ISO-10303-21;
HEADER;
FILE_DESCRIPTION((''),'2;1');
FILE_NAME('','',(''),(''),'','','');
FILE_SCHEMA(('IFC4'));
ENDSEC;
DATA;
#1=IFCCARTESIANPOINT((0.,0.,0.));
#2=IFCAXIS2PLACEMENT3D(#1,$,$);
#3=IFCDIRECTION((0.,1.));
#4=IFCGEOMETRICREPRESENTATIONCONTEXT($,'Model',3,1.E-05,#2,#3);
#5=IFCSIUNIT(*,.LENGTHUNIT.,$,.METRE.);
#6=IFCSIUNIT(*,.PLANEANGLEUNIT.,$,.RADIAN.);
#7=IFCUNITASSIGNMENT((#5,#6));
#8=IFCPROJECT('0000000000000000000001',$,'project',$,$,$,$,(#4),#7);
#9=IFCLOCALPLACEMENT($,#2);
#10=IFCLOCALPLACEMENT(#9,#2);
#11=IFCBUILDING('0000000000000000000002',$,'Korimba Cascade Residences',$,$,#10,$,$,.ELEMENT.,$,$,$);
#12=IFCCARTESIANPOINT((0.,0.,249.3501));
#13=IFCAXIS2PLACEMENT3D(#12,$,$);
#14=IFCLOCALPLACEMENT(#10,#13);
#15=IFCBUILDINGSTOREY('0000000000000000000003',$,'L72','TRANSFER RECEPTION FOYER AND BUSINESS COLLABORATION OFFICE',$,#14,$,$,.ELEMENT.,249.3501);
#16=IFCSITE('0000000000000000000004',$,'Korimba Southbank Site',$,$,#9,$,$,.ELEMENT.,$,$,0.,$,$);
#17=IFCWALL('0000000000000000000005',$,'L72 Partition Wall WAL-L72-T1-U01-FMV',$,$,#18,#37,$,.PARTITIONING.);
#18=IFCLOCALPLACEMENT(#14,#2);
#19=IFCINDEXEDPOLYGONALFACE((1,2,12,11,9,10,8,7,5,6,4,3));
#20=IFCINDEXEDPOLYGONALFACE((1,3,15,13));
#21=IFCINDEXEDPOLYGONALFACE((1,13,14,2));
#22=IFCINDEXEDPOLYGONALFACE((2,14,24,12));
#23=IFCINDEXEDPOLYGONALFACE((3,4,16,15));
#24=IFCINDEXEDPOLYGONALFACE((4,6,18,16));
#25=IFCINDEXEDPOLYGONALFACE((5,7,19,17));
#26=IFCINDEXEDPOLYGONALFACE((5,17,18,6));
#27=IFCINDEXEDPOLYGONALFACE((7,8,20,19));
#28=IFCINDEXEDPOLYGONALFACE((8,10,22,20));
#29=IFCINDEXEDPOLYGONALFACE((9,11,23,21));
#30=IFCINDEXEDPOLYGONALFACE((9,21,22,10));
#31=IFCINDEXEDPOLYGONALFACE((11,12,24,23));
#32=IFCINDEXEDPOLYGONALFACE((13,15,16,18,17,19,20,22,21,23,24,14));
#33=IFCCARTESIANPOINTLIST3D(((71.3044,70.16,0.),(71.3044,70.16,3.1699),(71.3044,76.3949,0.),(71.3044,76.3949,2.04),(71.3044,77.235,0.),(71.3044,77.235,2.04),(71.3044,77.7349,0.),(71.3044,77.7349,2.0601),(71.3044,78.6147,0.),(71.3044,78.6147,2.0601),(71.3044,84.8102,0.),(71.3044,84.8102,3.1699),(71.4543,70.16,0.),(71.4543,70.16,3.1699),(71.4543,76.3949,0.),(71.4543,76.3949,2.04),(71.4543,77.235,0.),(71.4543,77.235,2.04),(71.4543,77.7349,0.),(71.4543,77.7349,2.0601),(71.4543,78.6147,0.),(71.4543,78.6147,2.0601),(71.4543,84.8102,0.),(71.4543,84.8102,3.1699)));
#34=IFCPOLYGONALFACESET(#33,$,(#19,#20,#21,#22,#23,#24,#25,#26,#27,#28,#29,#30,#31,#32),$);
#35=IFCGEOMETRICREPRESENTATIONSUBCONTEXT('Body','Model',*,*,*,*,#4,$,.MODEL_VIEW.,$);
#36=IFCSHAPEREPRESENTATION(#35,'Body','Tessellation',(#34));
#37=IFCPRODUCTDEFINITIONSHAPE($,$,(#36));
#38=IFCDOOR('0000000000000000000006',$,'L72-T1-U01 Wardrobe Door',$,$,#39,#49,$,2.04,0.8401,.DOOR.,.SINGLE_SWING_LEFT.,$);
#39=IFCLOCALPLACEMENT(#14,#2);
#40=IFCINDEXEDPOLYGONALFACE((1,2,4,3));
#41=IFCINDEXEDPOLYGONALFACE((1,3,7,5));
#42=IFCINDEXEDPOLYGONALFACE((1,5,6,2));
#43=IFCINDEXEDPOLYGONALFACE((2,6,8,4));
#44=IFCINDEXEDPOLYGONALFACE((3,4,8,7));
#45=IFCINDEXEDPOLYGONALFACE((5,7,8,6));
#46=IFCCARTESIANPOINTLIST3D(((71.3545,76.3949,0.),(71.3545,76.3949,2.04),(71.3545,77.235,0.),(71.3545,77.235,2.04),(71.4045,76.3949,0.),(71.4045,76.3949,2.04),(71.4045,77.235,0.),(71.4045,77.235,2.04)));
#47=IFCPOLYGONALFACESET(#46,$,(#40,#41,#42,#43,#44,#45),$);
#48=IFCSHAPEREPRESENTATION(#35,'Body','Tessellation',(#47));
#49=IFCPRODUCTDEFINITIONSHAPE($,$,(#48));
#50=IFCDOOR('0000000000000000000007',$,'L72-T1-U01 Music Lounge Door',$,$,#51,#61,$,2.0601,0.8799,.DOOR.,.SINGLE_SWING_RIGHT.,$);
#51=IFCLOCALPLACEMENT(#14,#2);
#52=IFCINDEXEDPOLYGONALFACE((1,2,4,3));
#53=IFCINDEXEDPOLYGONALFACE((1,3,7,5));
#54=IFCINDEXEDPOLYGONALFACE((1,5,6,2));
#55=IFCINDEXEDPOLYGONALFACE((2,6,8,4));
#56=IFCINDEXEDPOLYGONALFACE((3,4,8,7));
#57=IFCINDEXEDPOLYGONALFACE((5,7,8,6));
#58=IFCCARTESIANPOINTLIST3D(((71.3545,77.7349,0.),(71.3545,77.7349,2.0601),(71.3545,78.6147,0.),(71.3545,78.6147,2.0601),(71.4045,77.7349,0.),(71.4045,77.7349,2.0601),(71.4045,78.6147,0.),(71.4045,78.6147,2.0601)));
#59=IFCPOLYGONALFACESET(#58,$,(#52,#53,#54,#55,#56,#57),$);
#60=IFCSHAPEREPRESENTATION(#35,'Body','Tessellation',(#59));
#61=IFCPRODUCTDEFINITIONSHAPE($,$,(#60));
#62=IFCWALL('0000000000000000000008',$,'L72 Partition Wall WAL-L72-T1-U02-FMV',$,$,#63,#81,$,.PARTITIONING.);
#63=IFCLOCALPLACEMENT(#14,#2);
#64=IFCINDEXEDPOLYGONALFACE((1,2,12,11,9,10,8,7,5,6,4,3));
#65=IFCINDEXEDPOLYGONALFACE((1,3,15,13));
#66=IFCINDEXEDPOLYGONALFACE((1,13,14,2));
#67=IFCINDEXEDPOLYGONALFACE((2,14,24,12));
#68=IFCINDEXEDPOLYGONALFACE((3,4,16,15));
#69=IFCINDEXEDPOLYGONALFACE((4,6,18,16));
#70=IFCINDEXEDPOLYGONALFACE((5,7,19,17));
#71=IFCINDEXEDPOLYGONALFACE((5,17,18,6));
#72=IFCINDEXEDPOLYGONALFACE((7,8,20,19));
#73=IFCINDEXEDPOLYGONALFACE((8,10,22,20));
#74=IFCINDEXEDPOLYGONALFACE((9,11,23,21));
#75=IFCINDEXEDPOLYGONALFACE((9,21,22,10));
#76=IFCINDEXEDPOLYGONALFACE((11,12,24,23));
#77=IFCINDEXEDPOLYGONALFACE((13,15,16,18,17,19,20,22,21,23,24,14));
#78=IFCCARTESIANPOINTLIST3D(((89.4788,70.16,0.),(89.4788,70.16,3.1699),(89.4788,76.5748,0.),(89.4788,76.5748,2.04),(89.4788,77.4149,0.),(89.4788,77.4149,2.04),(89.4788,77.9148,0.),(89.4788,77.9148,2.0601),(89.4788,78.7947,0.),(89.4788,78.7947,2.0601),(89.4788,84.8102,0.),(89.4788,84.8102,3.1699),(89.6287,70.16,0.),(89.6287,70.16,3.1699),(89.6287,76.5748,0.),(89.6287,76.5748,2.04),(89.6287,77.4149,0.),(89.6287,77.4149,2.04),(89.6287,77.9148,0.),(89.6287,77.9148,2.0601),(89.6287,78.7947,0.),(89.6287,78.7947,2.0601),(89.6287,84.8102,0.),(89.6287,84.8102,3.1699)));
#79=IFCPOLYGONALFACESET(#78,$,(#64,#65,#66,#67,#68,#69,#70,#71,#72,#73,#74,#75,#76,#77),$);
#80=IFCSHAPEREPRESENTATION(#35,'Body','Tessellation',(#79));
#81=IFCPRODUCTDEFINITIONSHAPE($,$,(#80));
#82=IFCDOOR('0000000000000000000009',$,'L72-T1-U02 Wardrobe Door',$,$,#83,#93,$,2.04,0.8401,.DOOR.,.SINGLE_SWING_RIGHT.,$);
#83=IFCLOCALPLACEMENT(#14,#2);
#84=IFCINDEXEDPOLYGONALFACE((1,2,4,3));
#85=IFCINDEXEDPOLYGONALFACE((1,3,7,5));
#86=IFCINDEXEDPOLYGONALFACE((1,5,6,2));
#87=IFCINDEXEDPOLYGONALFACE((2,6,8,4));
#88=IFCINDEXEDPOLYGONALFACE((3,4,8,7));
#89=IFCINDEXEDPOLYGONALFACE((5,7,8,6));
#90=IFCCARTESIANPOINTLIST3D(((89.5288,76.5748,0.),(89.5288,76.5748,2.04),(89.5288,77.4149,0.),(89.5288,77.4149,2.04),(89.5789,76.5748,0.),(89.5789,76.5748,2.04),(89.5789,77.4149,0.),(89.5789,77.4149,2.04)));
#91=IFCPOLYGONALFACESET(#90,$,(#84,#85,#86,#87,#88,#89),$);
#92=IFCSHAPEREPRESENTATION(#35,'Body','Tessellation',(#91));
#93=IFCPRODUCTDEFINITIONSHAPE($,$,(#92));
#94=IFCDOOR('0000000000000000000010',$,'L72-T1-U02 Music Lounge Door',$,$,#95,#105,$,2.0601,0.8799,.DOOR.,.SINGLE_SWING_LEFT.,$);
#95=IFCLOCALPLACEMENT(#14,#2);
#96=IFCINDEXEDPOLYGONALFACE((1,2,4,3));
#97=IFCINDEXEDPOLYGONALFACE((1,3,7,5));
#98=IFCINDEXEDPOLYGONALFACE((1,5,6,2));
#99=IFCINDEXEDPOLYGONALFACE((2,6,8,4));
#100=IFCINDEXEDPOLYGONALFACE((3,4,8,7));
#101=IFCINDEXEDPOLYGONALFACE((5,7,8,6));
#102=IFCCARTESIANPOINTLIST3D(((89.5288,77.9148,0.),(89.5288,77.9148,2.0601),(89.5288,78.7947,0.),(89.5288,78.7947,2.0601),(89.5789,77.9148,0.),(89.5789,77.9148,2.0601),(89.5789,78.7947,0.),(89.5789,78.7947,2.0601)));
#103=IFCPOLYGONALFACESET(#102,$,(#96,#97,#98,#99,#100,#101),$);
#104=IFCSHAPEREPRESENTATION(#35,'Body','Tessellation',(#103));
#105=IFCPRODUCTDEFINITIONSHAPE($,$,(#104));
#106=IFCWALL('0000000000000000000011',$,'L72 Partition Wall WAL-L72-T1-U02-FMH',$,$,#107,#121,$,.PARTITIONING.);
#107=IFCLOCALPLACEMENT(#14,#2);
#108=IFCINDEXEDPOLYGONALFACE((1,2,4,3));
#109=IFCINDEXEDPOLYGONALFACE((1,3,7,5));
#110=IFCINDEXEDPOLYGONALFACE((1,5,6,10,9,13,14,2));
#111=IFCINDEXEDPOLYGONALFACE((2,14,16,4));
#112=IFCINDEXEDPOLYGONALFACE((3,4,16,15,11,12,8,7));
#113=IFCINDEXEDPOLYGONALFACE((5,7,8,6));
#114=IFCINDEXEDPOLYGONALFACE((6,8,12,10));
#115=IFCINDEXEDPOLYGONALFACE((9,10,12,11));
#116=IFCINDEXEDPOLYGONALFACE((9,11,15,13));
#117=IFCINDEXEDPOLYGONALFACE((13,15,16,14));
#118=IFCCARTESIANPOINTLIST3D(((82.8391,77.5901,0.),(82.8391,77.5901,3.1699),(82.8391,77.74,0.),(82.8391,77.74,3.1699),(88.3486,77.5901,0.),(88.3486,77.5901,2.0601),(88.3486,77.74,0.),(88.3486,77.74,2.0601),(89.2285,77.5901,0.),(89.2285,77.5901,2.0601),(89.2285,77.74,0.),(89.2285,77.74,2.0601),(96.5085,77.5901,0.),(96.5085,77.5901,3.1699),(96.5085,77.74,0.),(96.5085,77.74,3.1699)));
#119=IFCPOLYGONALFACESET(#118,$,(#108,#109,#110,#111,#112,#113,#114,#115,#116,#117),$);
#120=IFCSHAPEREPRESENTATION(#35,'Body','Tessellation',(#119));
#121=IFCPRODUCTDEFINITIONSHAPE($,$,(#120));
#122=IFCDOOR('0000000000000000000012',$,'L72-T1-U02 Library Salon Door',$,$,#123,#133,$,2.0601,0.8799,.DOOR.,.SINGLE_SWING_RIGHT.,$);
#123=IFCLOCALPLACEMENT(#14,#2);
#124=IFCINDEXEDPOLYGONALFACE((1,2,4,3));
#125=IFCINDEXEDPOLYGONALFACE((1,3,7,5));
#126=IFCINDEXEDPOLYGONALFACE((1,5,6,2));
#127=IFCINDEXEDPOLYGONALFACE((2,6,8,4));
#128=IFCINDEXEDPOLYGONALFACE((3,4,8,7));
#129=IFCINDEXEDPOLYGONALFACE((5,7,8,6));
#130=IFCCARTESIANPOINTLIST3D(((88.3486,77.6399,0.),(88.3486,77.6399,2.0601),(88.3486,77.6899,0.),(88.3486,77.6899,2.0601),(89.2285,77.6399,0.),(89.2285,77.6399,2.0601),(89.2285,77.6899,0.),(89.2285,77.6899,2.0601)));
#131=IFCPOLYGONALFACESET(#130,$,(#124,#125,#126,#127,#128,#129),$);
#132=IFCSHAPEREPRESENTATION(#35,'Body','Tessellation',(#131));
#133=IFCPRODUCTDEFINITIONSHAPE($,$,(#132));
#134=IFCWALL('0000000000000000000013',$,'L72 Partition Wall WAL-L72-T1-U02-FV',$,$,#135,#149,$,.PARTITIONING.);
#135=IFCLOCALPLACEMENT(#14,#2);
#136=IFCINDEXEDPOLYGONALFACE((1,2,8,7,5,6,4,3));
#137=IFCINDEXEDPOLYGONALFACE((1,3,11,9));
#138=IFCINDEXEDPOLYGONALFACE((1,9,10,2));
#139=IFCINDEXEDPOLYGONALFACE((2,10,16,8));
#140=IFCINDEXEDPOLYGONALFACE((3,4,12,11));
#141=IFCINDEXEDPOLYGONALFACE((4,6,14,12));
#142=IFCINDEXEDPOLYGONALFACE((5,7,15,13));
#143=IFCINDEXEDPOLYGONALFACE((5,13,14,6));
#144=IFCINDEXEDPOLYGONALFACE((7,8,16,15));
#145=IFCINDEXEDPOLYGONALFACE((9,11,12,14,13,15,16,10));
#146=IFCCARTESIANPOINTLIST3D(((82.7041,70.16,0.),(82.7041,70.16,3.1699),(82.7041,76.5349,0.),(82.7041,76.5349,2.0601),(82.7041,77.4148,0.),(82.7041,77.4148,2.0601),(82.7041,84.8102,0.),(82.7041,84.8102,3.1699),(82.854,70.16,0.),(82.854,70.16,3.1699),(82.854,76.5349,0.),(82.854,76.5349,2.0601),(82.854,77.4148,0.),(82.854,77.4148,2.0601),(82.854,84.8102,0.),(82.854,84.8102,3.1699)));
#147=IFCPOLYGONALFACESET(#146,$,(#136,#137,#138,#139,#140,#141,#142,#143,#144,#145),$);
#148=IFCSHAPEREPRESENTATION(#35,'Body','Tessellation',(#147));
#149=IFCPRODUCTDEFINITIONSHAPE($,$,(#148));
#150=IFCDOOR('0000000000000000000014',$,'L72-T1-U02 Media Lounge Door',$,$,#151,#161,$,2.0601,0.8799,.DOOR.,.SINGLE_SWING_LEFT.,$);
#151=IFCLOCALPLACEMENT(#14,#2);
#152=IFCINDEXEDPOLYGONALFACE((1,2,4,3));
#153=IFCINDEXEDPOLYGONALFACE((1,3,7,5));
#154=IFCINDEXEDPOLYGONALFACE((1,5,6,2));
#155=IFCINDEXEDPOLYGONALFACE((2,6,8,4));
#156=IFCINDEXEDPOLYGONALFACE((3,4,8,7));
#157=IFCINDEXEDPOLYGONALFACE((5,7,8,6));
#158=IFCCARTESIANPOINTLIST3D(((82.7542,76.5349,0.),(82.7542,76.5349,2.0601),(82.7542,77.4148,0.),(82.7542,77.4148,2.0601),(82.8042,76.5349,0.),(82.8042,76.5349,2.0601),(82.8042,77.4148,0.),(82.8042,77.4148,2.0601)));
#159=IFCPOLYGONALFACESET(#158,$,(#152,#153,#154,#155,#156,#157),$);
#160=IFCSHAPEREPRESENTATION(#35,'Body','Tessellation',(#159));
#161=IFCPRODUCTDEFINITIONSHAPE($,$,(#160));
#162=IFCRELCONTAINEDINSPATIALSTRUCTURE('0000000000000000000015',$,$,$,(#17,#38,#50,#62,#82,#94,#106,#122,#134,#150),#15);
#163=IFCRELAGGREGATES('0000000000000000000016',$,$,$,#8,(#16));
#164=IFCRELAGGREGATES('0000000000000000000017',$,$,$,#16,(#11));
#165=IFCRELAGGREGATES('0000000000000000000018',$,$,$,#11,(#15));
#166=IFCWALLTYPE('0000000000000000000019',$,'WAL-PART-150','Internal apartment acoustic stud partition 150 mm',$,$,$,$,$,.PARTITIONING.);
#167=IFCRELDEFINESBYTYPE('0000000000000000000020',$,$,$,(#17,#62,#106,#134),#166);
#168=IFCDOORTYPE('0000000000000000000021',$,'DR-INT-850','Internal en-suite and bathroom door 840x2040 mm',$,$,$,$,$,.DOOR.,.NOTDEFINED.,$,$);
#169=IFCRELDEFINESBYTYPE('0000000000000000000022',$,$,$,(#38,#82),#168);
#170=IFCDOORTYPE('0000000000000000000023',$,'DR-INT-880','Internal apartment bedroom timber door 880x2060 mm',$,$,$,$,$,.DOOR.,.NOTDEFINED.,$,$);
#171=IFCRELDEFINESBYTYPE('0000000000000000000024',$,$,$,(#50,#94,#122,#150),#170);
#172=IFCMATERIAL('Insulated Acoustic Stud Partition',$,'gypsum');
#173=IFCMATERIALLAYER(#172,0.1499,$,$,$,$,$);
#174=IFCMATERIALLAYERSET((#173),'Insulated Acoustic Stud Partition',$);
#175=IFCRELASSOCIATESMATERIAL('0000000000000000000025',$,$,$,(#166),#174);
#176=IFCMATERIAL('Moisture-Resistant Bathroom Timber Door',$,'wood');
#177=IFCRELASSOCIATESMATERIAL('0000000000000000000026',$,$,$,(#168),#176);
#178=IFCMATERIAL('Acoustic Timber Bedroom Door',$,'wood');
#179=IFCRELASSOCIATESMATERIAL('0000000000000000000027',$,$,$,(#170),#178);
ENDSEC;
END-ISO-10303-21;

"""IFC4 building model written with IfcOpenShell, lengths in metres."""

from ifc_helpers import new_model, si_unit, direction, frame, frame_2d, origin, place, context, subcontext, project, spatial, rectangle, extrude, material, layer, layer_set, type_object, element, fill, save


model = new_model("IFC4")

# Units and contexts
model_context = context("Model", 3, precision=1e-05, world=origin(), true_north=direction((0.0, 1.0)))
body_context = subcontext(model_context, "Body", "Model", "MODEL_VIEW")
ifc_project = project(units=[si_unit("LENGTHUNIT", "METRE"), si_unit("PLANEANGLEUNIT", "RADIAN")], contexts=[model_context])

# Site, building, storey
site_placement = place(None, origin())
site = spatial("IfcSite", under=ifc_project, at=site_placement, Name="Korimba Southbank Site", CompositionType="ELEMENT", RefElevation=0.0)
building_placement = place(site_placement, origin())
building = spatial("IfcBuilding", under=site, at=building_placement, Name="Korimba Cascade Residences", CompositionType="ELEMENT")
storey_placement = place(building_placement, frame((0.0, 0.0, 249.3501)))
storey = spatial("IfcBuildingStorey", under=building, at=storey_placement, Name="L72", Description="TRANSFER RECEPTION FOYER AND BUSINESS COLLABORATION OFFICE", CompositionType="ELEMENT", Elevation=249.3501)

# Walls, openings, doors
ifc_material_1 = material(Name="Insulated Acoustic Stud Partition", Category="gypsum")
ifc_layer_1 = layer(ifc_material_1, 0.1499)
ifc_layer_set_1 = layer_set([ifc_layer_1], Name="Insulated Acoustic Stud Partition")
wall_type_1 = type_object("IfcWallType", Name="WAL-PART-150", Description="Internal apartment acoustic stud partition 150 mm", PredefinedType="PARTITIONING", material=ifc_layer_set_1)
wall_1_placement = place(storey_placement, frame((71.3794, 70.1599, 0.0), z_axis=(0.0, 0.0, 1.0), x_axis=(0.0, 1.0, 0.0)))
wall_1 = element("IfcWall", 1, at=wall_1_placement, inside=storey, type_object=wall_type_1, Name="L72 Partition Wall WAL-L72-T1-U01-FMV", PredefinedType="PARTITIONING", context=body_context, shape_type="SweptSolid", body=[
    extrude(rectangle(XDim=14.6501, YDim=0.1499, at=frame_2d((7.3252, 0.0))), origin(), (0.0, 0.0, 1.0), 3.1699),
])
opening_1_placement = place(wall_1_placement, frame((6.2351, 0.0, 0.0)))
opening_1 = element("IfcOpeningElement", 2, at=opening_1_placement, cuts=wall_1, PredefinedType="OPENING", context=body_context, shape_type="SweptSolid", body=[
    extrude(rectangle(XDim=0.8401, YDim=2.04, at=frame_2d((0.4199, 1.02))), frame((0.0, 0.085, 0.0), z_axis=(0.0, -1.0, 0.0), x_axis=(1.0, 0.0, 0.0)), (0.0, 0.0, 1.0), 0.1699),
])
opening_2_placement = place(wall_1_placement, frame((7.575, 0.0, 0.0)))
opening_2 = element("IfcOpeningElement", 3, at=opening_2_placement, cuts=wall_1, PredefinedType="OPENING", context=body_context, shape_type="SweptSolid", body=[
    extrude(rectangle(XDim=0.8799, YDim=2.0601, at=frame_2d((0.4399, 1.03))), frame((0.0, 0.085, 0.0), z_axis=(0.0, -1.0, 0.0), x_axis=(1.0, 0.0, 0.0)), (0.0, 0.0, 1.0), 0.1699),
])
ifc_material_2 = material(Name="Moisture-Resistant Bathroom Timber Door", Category="wood")
door_type_1 = type_object("IfcDoorType", Name="DR-INT-850", Description="Internal en-suite and bathroom door 840x2040 mm", OperationType="NOTDEFINED", PredefinedType="DOOR", material=ifc_material_2)
door_1_placement = place(opening_1_placement, origin())
door_1 = element("IfcDoor", 4, at=door_1_placement, inside=storey, type_object=door_type_1, Name="L72-T1-U01 Wardrobe Door", OperationType="SINGLE_SWING_LEFT", OverallHeight=2.04, OverallWidth=0.8401, PredefinedType="DOOR", context=body_context, shape_type="SweptSolid", body=[
    extrude(rectangle(XDim=0.8401, YDim=2.04, at=frame_2d((0.4199, 1.02))), frame((0.0, 0.0249, 0.0), z_axis=(0.0, -1.0, 0.0), x_axis=(1.0, 0.0, 0.0)), (0.0, 0.0, 1.0), 0.05),
])
fill(opening_1, door_1)
ifc_material_3 = material(Name="Acoustic Timber Bedroom Door", Category="wood")
door_type_2 = type_object("IfcDoorType", Name="DR-INT-880", Description="Internal apartment bedroom timber door 880x2060 mm", OperationType="NOTDEFINED", PredefinedType="DOOR", material=ifc_material_3)
door_2_placement = place(opening_2_placement, origin())
door_2 = element("IfcDoor", 5, at=door_2_placement, inside=storey, type_object=door_type_2, Name="L72-T1-U01 Music Lounge Door", OperationType="SINGLE_SWING_RIGHT", OverallHeight=2.0601, OverallWidth=0.8799, PredefinedType="DOOR", context=body_context, shape_type="SweptSolid", body=[
    extrude(rectangle(XDim=0.8799, YDim=2.0601, at=frame_2d((0.4399, 1.03))), frame((0.0, 0.0249, 0.0), z_axis=(0.0, -1.0, 0.0), x_axis=(1.0, 0.0, 0.0)), (0.0, 0.0, 1.0), 0.05),
])
fill(opening_2, door_2)
wall_2_placement = place(storey_placement, frame((89.5537, 70.1599, 0.0), z_axis=(0.0, 0.0, 1.0), x_axis=(0.0, 1.0, 0.0)))
wall_2 = element("IfcWall", 6, at=wall_2_placement, inside=storey, type_object=wall_type_1, Name="L72 Partition Wall WAL-L72-T1-U02-FMV", PredefinedType="PARTITIONING", context=body_context, shape_type="SweptSolid", body=[
    extrude(rectangle(XDim=14.6501, YDim=0.1499, at=frame_2d((7.3252, 0.0))), origin(), (0.0, 0.0, 1.0), 3.1699),
])
opening_3_placement = place(wall_2_placement, frame((6.415, 0.0, 0.0)))
opening_3 = element("IfcOpeningElement", 7, at=opening_3_placement, cuts=wall_2, PredefinedType="OPENING", context=body_context, shape_type="SweptSolid", body=[
    extrude(rectangle(XDim=0.8401, YDim=2.04, at=frame_2d((0.4199, 1.02))), frame((0.0, 0.085, 0.0), z_axis=(0.0, -1.0, 0.0), x_axis=(1.0, 0.0, 0.0)), (0.0, 0.0, 1.0), 0.1699),
])
opening_4_placement = place(wall_2_placement, frame((7.7549, 0.0, 0.0)))
opening_4 = element("IfcOpeningElement", 8, at=opening_4_placement, cuts=wall_2, PredefinedType="OPENING", context=body_context, shape_type="SweptSolid", body=[
    extrude(rectangle(XDim=0.8799, YDim=2.0601, at=frame_2d((0.4399, 1.03))), frame((0.0, 0.085, 0.0), z_axis=(0.0, -1.0, 0.0), x_axis=(1.0, 0.0, 0.0)), (0.0, 0.0, 1.0), 0.1699),
])
door_3_placement = place(opening_3_placement, origin())
door_3 = element("IfcDoor", 9, at=door_3_placement, inside=storey, type_object=door_type_1, Name="L72-T1-U02 Wardrobe Door", OperationType="SINGLE_SWING_RIGHT", OverallHeight=2.04, OverallWidth=0.8401, PredefinedType="DOOR", context=body_context, shape_type="SweptSolid", body=[
    extrude(rectangle(XDim=0.8401, YDim=2.04, at=frame_2d((0.4199, 1.02))), frame((0.0, 0.0249, 0.0), z_axis=(0.0, -1.0, 0.0), x_axis=(1.0, 0.0, 0.0)), (0.0, 0.0, 1.0), 0.05),
])
fill(opening_3, door_3)
door_4_placement = place(opening_4_placement, origin())
door_4 = element("IfcDoor", 10, at=door_4_placement, inside=storey, type_object=door_type_2, Name="L72-T1-U02 Music Lounge Door", OperationType="SINGLE_SWING_LEFT", OverallHeight=2.0601, OverallWidth=0.8799, PredefinedType="DOOR", context=body_context, shape_type="SweptSolid", body=[
    extrude(rectangle(XDim=0.8799, YDim=2.0601, at=frame_2d((0.4399, 1.03))), frame((0.0, 0.0249, 0.0), z_axis=(0.0, -1.0, 0.0), x_axis=(1.0, 0.0, 0.0)), (0.0, 0.0, 1.0), 0.05),
])
fill(opening_4, door_4)

# Walls, openings, doors
wall_3_placement = place(storey_placement, frame((82.8391, 77.665, 0.0), z_axis=(0.0, 0.0, 1.0), x_axis=(1.0, 0.0, 0.0)))
wall_3 = element("IfcWall", 11, at=wall_3_placement, inside=storey, type_object=wall_type_1, Name="L72 Partition Wall WAL-L72-T1-U02-FMH", PredefinedType="PARTITIONING", context=body_context, shape_type="SweptSolid", body=[
    extrude(rectangle(XDim=13.6694, YDim=0.1499, at=frame_2d((6.8347, 0.0))), origin(), (0.0, 0.0, 1.0), 3.1699),
])
opening_5_placement = place(wall_3_placement, frame((5.5095, 0.0, 0.0)))
opening_5 = element("IfcOpeningElement", 12, at=opening_5_placement, cuts=wall_3, PredefinedType="OPENING", context=body_context, shape_type="SweptSolid", body=[
    extrude(rectangle(XDim=0.8799, YDim=2.0601, at=frame_2d((0.4399, 1.03))), frame((0.0, 0.085, 0.0), z_axis=(0.0, -1.0, 0.0), x_axis=(1.0, 0.0, 0.0)), (0.0, 0.0, 1.0), 0.1699),
])
door_5_placement = place(opening_5_placement, origin())
door_5 = element("IfcDoor", 13, at=door_5_placement, inside=storey, type_object=door_type_2, Name="L72-T1-U02 Library Salon Door", OperationType="SINGLE_SWING_RIGHT", OverallHeight=2.0601, OverallWidth=0.8799, PredefinedType="DOOR", context=body_context, shape_type="SweptSolid", body=[
    extrude(rectangle(XDim=0.8799, YDim=2.0601, at=frame_2d((0.4399, 1.03))), frame((0.0, 0.0249, 0.0), z_axis=(0.0, -1.0, 0.0), x_axis=(1.0, 0.0, 0.0)), (0.0, 0.0, 1.0), 0.05),
])
fill(opening_5, door_5)
wall_4_placement = place(storey_placement, frame((82.7791, 70.1599, 0.0), z_axis=(0.0, 0.0, 1.0), x_axis=(0.0, 1.0, 0.0)))
wall_4 = element("IfcWall", 14, at=wall_4_placement, inside=storey, type_object=wall_type_1, Name="L72 Partition Wall WAL-L72-T1-U02-FV", PredefinedType="PARTITIONING", context=body_context, shape_type="SweptSolid", body=[
    extrude(rectangle(XDim=14.6501, YDim=0.1499, at=frame_2d((7.3252, 0.0))), origin(), (0.0, 0.0, 1.0), 3.1699),
])
opening_6_placement = place(wall_4_placement, frame((6.375, 0.0, 0.0)))
opening_6 = element("IfcOpeningElement", 15, at=opening_6_placement, cuts=wall_4, PredefinedType="OPENING", context=body_context, shape_type="SweptSolid", body=[
    extrude(rectangle(XDim=0.8799, YDim=2.0601, at=frame_2d((0.4399, 1.03))), frame((0.0, 0.085, 0.0), z_axis=(0.0, -1.0, 0.0), x_axis=(1.0, 0.0, 0.0)), (0.0, 0.0, 1.0), 0.1699),
])
door_6_placement = place(opening_6_placement, origin())
door_6 = element("IfcDoor", 16, at=door_6_placement, inside=storey, type_object=door_type_2, Name="L72-T1-U02 Media Lounge Door", OperationType="SINGLE_SWING_LEFT", OverallHeight=2.0601, OverallWidth=0.8799, PredefinedType="DOOR", context=body_context, shape_type="SweptSolid", body=[
    extrude(rectangle(XDim=0.8799, YDim=2.0601, at=frame_2d((0.4399, 1.03))), frame((0.0, 0.0249, 0.0), z_axis=(0.0, -1.0, 0.0), x_axis=(1.0, 0.0, 0.0)), (0.0, 0.0, 1.0), 0.05),
])
fill(opening_6, door_6)

save(model, "model.ifc")
